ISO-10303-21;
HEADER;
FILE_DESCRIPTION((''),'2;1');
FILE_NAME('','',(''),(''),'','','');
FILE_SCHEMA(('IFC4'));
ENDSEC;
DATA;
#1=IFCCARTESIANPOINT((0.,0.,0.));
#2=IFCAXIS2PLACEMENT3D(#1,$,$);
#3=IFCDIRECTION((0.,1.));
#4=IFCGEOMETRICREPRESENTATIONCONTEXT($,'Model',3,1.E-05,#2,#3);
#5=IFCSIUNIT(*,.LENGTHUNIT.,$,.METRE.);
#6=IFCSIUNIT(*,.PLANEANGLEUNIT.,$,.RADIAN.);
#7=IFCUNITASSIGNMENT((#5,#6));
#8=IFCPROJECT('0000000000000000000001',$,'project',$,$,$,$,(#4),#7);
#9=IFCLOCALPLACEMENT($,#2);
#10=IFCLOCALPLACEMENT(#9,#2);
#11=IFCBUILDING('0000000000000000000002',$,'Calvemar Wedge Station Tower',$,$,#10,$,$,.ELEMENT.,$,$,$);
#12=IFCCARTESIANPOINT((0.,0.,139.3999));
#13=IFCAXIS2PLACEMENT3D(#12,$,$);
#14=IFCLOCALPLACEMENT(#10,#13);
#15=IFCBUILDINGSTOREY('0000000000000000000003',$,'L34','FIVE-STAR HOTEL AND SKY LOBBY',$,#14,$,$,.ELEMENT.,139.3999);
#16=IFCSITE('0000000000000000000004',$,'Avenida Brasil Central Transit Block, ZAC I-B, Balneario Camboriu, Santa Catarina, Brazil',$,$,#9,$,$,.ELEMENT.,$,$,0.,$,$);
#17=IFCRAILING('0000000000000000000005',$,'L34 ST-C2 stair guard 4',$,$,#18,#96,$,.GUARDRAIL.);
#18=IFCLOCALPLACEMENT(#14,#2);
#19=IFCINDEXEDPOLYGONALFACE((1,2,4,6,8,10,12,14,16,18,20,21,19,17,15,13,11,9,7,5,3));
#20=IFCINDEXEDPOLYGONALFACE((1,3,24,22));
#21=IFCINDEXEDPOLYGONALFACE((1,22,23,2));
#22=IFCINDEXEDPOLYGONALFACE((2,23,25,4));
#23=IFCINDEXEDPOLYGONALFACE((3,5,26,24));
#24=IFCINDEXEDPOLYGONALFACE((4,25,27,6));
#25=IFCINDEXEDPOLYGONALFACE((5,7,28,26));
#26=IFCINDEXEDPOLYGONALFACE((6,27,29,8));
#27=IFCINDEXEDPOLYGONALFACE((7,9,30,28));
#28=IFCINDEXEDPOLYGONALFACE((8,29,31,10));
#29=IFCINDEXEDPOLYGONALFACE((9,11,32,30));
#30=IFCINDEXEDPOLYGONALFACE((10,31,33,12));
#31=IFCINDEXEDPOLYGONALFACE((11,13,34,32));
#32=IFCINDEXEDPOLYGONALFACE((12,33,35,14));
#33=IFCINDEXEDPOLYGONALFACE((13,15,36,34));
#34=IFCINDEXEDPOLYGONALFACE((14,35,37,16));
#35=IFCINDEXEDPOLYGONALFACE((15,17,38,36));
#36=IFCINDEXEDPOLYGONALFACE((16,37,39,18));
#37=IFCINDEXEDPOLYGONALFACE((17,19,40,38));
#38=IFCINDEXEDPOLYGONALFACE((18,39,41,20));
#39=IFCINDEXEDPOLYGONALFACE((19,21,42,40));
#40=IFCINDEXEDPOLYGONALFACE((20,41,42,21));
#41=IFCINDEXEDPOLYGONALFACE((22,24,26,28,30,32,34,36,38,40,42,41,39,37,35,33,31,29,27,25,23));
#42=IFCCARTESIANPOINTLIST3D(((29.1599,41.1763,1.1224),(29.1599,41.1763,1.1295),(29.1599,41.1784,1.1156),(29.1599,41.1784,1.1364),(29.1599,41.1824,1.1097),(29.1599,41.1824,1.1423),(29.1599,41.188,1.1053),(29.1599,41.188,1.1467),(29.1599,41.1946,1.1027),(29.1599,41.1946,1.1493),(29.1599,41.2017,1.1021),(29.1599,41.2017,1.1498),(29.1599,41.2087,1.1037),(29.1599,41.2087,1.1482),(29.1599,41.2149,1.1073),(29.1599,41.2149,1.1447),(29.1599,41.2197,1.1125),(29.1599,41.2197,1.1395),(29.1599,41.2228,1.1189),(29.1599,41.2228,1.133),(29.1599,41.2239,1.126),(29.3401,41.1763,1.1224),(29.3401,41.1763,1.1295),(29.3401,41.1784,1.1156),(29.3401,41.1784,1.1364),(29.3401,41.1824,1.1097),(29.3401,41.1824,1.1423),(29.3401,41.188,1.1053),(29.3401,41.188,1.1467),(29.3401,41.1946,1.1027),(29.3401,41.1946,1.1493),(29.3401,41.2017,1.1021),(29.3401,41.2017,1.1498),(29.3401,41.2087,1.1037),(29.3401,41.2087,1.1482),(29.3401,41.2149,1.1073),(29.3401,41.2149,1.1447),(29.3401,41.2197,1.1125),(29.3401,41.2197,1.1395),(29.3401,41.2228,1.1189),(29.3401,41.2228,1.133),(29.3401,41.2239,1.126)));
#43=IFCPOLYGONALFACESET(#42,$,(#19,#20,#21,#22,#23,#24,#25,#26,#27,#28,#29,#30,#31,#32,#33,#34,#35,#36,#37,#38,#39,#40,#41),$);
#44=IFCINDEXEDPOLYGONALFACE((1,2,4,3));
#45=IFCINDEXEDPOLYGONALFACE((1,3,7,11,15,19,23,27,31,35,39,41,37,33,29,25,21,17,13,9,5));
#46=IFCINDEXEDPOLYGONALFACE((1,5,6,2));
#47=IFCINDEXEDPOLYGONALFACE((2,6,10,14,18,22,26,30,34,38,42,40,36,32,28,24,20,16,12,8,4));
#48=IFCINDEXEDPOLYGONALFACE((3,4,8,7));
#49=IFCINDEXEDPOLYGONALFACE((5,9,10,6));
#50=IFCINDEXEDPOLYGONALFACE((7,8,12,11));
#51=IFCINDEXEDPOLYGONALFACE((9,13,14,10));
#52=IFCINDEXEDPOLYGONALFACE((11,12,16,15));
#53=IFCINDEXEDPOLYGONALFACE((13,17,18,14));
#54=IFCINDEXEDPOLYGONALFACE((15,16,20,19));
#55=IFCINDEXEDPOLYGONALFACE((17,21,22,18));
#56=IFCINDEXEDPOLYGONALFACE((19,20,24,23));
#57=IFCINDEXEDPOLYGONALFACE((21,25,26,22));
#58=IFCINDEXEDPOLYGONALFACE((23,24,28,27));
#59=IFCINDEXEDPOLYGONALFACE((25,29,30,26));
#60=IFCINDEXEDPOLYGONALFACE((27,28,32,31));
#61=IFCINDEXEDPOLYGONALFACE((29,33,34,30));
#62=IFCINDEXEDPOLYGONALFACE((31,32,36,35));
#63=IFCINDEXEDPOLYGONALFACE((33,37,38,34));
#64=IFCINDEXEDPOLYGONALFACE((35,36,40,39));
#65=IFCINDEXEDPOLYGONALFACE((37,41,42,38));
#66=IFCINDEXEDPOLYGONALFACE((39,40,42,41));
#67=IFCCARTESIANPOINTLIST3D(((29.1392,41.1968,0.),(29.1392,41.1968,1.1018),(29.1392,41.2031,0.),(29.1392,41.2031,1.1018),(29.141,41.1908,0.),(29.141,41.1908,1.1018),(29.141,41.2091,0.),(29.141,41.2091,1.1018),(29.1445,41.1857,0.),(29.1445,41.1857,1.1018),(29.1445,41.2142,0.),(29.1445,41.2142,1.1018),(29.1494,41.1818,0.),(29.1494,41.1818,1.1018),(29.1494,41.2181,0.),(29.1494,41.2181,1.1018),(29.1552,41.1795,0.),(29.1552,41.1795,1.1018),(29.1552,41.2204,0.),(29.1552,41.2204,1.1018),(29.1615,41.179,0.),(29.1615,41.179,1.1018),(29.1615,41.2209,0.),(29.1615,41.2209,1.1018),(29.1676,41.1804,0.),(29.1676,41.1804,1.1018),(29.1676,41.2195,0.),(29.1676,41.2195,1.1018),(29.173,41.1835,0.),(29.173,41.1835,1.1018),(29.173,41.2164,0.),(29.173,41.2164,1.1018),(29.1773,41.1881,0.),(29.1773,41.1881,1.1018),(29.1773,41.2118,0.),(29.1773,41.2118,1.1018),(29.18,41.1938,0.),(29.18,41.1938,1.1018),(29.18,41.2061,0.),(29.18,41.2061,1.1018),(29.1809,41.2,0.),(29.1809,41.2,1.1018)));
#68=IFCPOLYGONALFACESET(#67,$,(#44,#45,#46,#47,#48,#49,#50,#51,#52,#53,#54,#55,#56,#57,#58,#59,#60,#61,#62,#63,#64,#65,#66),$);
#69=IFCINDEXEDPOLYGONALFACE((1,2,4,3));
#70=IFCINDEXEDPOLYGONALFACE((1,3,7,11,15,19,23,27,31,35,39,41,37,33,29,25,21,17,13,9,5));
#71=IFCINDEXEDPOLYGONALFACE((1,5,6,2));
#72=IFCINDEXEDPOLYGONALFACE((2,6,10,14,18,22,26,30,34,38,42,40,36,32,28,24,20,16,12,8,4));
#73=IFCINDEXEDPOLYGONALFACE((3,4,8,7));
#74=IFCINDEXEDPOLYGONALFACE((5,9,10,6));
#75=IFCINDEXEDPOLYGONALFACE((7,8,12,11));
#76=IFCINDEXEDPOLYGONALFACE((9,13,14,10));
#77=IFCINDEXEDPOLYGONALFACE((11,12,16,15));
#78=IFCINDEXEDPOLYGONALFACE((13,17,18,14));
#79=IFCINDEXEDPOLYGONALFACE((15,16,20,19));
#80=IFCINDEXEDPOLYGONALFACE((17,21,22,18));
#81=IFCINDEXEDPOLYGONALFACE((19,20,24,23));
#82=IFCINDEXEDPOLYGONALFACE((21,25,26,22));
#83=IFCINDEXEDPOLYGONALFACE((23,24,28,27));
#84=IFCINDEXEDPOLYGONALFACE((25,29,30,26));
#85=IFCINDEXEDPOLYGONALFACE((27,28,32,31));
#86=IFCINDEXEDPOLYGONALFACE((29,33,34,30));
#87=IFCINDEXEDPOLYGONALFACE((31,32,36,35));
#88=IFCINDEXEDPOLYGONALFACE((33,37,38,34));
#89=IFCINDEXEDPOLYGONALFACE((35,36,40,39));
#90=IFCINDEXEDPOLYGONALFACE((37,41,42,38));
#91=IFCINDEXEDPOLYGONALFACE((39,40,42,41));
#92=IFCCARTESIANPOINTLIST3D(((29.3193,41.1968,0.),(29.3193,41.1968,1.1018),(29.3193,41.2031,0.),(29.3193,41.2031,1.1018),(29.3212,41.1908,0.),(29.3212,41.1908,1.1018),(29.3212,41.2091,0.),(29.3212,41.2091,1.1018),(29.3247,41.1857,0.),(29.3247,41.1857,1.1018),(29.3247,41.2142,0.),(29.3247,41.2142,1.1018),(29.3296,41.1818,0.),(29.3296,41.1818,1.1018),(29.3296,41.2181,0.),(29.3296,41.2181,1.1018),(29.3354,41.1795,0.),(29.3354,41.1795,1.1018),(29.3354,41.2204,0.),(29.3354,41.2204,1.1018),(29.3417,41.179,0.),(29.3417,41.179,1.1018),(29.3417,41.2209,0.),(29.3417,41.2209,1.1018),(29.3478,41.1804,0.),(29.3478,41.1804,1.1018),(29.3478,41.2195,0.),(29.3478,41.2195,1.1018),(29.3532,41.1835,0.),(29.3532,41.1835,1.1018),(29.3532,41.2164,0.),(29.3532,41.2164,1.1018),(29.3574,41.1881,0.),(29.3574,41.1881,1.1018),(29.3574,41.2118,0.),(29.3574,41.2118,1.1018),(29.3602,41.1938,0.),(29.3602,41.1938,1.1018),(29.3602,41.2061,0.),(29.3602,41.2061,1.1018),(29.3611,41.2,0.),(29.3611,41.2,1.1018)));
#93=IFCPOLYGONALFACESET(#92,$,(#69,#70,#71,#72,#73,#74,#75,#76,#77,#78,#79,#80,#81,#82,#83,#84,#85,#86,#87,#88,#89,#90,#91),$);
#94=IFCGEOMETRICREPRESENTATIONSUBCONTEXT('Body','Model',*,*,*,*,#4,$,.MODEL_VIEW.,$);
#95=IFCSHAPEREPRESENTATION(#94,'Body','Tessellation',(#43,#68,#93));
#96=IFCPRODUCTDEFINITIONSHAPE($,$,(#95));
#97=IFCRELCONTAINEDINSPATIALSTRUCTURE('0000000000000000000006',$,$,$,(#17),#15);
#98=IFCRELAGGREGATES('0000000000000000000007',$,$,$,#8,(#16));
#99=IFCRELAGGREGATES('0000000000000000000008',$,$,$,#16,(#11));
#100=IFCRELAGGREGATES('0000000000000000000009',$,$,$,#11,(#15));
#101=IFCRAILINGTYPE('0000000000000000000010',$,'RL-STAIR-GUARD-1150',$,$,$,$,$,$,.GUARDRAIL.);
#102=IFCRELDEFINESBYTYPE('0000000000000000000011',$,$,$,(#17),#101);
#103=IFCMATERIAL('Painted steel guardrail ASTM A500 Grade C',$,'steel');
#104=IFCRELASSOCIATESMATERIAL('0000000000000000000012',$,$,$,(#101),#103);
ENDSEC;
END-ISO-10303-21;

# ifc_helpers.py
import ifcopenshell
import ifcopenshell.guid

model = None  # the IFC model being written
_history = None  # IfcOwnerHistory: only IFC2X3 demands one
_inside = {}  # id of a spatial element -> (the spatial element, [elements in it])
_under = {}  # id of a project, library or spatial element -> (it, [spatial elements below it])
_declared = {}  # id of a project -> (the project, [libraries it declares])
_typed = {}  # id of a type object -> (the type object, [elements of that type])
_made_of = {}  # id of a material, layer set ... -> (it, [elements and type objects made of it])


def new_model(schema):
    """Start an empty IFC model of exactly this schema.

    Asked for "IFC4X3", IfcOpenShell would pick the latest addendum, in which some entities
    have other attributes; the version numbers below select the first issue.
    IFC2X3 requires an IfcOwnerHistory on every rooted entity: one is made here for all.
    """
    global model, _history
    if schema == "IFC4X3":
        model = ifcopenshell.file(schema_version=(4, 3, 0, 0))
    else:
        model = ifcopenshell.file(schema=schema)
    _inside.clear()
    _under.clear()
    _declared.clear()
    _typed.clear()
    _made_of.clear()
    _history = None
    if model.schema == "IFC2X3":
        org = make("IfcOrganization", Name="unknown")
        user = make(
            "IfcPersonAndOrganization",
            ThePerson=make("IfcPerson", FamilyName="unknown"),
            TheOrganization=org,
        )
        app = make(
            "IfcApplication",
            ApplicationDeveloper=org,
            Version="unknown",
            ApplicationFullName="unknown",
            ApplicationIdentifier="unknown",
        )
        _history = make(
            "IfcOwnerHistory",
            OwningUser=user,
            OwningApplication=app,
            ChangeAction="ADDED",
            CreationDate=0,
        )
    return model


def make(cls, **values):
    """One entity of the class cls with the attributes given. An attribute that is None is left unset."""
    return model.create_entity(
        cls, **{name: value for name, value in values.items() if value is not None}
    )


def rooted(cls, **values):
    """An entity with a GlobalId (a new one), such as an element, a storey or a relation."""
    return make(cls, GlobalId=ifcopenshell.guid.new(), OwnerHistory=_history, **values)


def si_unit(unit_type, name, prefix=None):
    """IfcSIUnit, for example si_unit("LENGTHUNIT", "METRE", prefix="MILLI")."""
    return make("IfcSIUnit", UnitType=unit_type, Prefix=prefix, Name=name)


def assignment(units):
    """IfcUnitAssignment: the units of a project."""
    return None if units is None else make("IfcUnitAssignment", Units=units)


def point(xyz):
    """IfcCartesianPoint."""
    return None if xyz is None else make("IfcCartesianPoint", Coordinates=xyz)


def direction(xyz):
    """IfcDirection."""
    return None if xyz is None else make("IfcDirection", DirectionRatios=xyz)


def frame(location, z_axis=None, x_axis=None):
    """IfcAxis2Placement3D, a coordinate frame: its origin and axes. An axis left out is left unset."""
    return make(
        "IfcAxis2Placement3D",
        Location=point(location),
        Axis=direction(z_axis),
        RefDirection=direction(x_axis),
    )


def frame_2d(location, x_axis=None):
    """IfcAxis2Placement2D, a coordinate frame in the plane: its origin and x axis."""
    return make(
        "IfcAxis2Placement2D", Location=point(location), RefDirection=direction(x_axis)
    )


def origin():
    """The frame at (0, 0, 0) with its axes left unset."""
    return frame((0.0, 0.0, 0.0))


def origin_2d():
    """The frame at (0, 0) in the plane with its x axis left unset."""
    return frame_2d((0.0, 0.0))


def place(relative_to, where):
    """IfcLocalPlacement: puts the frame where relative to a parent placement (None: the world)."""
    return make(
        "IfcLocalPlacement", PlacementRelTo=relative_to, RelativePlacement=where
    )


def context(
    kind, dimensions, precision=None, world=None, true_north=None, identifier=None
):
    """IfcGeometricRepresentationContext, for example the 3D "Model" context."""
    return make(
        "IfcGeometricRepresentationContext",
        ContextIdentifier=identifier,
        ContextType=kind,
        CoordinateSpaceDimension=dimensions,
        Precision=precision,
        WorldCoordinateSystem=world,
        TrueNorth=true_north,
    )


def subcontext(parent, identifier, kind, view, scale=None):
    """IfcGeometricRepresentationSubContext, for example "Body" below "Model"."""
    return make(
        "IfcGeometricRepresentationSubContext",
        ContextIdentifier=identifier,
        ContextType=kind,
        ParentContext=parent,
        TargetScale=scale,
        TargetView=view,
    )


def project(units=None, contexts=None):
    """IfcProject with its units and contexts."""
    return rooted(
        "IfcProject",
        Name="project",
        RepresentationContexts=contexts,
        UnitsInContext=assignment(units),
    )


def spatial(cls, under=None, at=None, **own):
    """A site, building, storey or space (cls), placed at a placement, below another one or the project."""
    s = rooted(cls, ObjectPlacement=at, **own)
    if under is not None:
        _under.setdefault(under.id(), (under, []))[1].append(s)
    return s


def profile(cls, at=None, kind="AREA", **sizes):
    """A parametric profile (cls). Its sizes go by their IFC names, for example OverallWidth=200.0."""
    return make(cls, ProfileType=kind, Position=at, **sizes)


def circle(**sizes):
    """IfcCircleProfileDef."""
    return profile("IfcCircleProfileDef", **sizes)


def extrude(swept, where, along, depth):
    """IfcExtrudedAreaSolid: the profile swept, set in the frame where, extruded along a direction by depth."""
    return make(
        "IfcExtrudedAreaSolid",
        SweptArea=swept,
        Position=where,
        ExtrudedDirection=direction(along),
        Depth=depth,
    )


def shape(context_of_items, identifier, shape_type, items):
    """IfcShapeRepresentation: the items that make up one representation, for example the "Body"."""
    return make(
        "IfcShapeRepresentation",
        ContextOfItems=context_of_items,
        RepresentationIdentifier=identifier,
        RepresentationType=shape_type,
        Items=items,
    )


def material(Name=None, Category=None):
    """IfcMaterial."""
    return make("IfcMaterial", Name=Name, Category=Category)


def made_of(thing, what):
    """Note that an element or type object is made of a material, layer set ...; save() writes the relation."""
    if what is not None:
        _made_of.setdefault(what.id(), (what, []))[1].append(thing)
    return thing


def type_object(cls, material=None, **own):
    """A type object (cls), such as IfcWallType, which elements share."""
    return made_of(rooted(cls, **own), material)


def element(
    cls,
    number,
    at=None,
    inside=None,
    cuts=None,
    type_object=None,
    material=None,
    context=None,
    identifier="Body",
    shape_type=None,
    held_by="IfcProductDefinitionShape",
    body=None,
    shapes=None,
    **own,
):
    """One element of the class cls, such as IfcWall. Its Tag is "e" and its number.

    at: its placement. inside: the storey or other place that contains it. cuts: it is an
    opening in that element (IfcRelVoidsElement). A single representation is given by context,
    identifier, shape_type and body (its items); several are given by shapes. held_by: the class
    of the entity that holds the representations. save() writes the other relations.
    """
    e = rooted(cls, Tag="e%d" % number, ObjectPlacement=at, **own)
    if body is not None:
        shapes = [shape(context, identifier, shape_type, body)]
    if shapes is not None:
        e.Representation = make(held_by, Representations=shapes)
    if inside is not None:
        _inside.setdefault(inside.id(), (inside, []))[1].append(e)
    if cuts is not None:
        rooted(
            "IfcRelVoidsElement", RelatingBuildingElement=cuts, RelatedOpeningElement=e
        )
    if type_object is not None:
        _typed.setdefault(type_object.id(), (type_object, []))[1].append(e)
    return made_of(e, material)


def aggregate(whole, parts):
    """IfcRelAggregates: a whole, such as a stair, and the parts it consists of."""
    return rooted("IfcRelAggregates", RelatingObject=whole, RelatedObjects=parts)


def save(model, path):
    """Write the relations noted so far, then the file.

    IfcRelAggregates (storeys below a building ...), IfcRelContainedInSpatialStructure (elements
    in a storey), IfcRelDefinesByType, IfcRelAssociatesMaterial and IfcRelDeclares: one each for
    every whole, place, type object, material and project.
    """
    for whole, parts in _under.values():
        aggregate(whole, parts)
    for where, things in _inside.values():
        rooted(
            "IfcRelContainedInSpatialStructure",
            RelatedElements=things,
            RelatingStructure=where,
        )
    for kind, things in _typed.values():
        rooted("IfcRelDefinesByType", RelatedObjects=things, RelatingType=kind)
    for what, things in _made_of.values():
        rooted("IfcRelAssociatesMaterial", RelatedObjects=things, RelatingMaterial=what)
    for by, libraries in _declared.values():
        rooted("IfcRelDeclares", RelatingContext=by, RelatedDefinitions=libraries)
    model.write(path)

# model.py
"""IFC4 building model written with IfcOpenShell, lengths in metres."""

from ifc_helpers import new_model, si_unit, direction, frame, origin, origin_2d, place, context, subcontext, project, spatial, circle, extrude, material, type_object, element, save


model = new_model("IFC4")

# Units and contexts
model_context = context("Model", 3, precision=1e-05, world=origin(), true_north=direction((0.0, 1.0)))
body_context = subcontext(model_context, "Body", "Model", "MODEL_VIEW")
ifc_project = project(units=[si_unit("LENGTHUNIT", "METRE"), si_unit("PLANEANGLEUNIT", "RADIAN")], contexts=[model_context])

# Site, building, storey
site_placement = place(None, origin())
site = spatial("IfcSite", under=ifc_project, at=site_placement, Name="Avenida Brasil Central Transit Block, ZAC I-B, Balneario Camboriu, Santa Catarina, Brazil", CompositionType="ELEMENT", RefElevation=0.0)
building_placement = place(site_placement, origin())
building = spatial("IfcBuilding", under=site, at=building_placement, Name="Calvemar Wedge Station Tower", CompositionType="ELEMENT")
storey_placement = place(building_placement, frame((0.0, 0.0, 139.3999)))
storey = spatial("IfcBuildingStorey", under=building, at=storey_placement, Name="L34", Description="FIVE-STAR HOTEL AND SKY LOBBY", CompositionType="ELEMENT", Elevation=139.3999)

# Railing
ifc_material_1 = material(Name="Painted steel guardrail ASTM A500 Grade C", Category="steel")
railing_type_1 = type_object("IfcRailingType", Name="RL-STAIR-GUARD-1150", PredefinedType="GUARDRAIL", material=ifc_material_1)
railing_1_placement = place(storey_placement, frame((29.1599, 41.2, 0.0)))
element("IfcRailing", 1, at=railing_1_placement, inside=storey, type_object=railing_type_1, Name="L34 ST-C2 stair guard 4", PredefinedType="GUARDRAIL", context=body_context, shape_type="SweptSolid", body=[
    extrude(circle(Radius=0.0239, at=origin_2d()), frame((0.0, 0.0, 1.126), z_axis=(1.0, 0.0, 0.0), x_axis=(0.0, 1.0, 0.0)), (0.0, 0.0, 1.0), 0.1802),
    extrude(circle(Radius=0.021, at=origin_2d()), origin(), (0.0, 0.0, 1.0), 1.1018),
    extrude(circle(Radius=0.021, at=origin_2d()), frame((0.1802, 0.0, 0.0)), (0.0, 0.0, 1.0), 1.1018),
])

save(model, "model.ifc")
